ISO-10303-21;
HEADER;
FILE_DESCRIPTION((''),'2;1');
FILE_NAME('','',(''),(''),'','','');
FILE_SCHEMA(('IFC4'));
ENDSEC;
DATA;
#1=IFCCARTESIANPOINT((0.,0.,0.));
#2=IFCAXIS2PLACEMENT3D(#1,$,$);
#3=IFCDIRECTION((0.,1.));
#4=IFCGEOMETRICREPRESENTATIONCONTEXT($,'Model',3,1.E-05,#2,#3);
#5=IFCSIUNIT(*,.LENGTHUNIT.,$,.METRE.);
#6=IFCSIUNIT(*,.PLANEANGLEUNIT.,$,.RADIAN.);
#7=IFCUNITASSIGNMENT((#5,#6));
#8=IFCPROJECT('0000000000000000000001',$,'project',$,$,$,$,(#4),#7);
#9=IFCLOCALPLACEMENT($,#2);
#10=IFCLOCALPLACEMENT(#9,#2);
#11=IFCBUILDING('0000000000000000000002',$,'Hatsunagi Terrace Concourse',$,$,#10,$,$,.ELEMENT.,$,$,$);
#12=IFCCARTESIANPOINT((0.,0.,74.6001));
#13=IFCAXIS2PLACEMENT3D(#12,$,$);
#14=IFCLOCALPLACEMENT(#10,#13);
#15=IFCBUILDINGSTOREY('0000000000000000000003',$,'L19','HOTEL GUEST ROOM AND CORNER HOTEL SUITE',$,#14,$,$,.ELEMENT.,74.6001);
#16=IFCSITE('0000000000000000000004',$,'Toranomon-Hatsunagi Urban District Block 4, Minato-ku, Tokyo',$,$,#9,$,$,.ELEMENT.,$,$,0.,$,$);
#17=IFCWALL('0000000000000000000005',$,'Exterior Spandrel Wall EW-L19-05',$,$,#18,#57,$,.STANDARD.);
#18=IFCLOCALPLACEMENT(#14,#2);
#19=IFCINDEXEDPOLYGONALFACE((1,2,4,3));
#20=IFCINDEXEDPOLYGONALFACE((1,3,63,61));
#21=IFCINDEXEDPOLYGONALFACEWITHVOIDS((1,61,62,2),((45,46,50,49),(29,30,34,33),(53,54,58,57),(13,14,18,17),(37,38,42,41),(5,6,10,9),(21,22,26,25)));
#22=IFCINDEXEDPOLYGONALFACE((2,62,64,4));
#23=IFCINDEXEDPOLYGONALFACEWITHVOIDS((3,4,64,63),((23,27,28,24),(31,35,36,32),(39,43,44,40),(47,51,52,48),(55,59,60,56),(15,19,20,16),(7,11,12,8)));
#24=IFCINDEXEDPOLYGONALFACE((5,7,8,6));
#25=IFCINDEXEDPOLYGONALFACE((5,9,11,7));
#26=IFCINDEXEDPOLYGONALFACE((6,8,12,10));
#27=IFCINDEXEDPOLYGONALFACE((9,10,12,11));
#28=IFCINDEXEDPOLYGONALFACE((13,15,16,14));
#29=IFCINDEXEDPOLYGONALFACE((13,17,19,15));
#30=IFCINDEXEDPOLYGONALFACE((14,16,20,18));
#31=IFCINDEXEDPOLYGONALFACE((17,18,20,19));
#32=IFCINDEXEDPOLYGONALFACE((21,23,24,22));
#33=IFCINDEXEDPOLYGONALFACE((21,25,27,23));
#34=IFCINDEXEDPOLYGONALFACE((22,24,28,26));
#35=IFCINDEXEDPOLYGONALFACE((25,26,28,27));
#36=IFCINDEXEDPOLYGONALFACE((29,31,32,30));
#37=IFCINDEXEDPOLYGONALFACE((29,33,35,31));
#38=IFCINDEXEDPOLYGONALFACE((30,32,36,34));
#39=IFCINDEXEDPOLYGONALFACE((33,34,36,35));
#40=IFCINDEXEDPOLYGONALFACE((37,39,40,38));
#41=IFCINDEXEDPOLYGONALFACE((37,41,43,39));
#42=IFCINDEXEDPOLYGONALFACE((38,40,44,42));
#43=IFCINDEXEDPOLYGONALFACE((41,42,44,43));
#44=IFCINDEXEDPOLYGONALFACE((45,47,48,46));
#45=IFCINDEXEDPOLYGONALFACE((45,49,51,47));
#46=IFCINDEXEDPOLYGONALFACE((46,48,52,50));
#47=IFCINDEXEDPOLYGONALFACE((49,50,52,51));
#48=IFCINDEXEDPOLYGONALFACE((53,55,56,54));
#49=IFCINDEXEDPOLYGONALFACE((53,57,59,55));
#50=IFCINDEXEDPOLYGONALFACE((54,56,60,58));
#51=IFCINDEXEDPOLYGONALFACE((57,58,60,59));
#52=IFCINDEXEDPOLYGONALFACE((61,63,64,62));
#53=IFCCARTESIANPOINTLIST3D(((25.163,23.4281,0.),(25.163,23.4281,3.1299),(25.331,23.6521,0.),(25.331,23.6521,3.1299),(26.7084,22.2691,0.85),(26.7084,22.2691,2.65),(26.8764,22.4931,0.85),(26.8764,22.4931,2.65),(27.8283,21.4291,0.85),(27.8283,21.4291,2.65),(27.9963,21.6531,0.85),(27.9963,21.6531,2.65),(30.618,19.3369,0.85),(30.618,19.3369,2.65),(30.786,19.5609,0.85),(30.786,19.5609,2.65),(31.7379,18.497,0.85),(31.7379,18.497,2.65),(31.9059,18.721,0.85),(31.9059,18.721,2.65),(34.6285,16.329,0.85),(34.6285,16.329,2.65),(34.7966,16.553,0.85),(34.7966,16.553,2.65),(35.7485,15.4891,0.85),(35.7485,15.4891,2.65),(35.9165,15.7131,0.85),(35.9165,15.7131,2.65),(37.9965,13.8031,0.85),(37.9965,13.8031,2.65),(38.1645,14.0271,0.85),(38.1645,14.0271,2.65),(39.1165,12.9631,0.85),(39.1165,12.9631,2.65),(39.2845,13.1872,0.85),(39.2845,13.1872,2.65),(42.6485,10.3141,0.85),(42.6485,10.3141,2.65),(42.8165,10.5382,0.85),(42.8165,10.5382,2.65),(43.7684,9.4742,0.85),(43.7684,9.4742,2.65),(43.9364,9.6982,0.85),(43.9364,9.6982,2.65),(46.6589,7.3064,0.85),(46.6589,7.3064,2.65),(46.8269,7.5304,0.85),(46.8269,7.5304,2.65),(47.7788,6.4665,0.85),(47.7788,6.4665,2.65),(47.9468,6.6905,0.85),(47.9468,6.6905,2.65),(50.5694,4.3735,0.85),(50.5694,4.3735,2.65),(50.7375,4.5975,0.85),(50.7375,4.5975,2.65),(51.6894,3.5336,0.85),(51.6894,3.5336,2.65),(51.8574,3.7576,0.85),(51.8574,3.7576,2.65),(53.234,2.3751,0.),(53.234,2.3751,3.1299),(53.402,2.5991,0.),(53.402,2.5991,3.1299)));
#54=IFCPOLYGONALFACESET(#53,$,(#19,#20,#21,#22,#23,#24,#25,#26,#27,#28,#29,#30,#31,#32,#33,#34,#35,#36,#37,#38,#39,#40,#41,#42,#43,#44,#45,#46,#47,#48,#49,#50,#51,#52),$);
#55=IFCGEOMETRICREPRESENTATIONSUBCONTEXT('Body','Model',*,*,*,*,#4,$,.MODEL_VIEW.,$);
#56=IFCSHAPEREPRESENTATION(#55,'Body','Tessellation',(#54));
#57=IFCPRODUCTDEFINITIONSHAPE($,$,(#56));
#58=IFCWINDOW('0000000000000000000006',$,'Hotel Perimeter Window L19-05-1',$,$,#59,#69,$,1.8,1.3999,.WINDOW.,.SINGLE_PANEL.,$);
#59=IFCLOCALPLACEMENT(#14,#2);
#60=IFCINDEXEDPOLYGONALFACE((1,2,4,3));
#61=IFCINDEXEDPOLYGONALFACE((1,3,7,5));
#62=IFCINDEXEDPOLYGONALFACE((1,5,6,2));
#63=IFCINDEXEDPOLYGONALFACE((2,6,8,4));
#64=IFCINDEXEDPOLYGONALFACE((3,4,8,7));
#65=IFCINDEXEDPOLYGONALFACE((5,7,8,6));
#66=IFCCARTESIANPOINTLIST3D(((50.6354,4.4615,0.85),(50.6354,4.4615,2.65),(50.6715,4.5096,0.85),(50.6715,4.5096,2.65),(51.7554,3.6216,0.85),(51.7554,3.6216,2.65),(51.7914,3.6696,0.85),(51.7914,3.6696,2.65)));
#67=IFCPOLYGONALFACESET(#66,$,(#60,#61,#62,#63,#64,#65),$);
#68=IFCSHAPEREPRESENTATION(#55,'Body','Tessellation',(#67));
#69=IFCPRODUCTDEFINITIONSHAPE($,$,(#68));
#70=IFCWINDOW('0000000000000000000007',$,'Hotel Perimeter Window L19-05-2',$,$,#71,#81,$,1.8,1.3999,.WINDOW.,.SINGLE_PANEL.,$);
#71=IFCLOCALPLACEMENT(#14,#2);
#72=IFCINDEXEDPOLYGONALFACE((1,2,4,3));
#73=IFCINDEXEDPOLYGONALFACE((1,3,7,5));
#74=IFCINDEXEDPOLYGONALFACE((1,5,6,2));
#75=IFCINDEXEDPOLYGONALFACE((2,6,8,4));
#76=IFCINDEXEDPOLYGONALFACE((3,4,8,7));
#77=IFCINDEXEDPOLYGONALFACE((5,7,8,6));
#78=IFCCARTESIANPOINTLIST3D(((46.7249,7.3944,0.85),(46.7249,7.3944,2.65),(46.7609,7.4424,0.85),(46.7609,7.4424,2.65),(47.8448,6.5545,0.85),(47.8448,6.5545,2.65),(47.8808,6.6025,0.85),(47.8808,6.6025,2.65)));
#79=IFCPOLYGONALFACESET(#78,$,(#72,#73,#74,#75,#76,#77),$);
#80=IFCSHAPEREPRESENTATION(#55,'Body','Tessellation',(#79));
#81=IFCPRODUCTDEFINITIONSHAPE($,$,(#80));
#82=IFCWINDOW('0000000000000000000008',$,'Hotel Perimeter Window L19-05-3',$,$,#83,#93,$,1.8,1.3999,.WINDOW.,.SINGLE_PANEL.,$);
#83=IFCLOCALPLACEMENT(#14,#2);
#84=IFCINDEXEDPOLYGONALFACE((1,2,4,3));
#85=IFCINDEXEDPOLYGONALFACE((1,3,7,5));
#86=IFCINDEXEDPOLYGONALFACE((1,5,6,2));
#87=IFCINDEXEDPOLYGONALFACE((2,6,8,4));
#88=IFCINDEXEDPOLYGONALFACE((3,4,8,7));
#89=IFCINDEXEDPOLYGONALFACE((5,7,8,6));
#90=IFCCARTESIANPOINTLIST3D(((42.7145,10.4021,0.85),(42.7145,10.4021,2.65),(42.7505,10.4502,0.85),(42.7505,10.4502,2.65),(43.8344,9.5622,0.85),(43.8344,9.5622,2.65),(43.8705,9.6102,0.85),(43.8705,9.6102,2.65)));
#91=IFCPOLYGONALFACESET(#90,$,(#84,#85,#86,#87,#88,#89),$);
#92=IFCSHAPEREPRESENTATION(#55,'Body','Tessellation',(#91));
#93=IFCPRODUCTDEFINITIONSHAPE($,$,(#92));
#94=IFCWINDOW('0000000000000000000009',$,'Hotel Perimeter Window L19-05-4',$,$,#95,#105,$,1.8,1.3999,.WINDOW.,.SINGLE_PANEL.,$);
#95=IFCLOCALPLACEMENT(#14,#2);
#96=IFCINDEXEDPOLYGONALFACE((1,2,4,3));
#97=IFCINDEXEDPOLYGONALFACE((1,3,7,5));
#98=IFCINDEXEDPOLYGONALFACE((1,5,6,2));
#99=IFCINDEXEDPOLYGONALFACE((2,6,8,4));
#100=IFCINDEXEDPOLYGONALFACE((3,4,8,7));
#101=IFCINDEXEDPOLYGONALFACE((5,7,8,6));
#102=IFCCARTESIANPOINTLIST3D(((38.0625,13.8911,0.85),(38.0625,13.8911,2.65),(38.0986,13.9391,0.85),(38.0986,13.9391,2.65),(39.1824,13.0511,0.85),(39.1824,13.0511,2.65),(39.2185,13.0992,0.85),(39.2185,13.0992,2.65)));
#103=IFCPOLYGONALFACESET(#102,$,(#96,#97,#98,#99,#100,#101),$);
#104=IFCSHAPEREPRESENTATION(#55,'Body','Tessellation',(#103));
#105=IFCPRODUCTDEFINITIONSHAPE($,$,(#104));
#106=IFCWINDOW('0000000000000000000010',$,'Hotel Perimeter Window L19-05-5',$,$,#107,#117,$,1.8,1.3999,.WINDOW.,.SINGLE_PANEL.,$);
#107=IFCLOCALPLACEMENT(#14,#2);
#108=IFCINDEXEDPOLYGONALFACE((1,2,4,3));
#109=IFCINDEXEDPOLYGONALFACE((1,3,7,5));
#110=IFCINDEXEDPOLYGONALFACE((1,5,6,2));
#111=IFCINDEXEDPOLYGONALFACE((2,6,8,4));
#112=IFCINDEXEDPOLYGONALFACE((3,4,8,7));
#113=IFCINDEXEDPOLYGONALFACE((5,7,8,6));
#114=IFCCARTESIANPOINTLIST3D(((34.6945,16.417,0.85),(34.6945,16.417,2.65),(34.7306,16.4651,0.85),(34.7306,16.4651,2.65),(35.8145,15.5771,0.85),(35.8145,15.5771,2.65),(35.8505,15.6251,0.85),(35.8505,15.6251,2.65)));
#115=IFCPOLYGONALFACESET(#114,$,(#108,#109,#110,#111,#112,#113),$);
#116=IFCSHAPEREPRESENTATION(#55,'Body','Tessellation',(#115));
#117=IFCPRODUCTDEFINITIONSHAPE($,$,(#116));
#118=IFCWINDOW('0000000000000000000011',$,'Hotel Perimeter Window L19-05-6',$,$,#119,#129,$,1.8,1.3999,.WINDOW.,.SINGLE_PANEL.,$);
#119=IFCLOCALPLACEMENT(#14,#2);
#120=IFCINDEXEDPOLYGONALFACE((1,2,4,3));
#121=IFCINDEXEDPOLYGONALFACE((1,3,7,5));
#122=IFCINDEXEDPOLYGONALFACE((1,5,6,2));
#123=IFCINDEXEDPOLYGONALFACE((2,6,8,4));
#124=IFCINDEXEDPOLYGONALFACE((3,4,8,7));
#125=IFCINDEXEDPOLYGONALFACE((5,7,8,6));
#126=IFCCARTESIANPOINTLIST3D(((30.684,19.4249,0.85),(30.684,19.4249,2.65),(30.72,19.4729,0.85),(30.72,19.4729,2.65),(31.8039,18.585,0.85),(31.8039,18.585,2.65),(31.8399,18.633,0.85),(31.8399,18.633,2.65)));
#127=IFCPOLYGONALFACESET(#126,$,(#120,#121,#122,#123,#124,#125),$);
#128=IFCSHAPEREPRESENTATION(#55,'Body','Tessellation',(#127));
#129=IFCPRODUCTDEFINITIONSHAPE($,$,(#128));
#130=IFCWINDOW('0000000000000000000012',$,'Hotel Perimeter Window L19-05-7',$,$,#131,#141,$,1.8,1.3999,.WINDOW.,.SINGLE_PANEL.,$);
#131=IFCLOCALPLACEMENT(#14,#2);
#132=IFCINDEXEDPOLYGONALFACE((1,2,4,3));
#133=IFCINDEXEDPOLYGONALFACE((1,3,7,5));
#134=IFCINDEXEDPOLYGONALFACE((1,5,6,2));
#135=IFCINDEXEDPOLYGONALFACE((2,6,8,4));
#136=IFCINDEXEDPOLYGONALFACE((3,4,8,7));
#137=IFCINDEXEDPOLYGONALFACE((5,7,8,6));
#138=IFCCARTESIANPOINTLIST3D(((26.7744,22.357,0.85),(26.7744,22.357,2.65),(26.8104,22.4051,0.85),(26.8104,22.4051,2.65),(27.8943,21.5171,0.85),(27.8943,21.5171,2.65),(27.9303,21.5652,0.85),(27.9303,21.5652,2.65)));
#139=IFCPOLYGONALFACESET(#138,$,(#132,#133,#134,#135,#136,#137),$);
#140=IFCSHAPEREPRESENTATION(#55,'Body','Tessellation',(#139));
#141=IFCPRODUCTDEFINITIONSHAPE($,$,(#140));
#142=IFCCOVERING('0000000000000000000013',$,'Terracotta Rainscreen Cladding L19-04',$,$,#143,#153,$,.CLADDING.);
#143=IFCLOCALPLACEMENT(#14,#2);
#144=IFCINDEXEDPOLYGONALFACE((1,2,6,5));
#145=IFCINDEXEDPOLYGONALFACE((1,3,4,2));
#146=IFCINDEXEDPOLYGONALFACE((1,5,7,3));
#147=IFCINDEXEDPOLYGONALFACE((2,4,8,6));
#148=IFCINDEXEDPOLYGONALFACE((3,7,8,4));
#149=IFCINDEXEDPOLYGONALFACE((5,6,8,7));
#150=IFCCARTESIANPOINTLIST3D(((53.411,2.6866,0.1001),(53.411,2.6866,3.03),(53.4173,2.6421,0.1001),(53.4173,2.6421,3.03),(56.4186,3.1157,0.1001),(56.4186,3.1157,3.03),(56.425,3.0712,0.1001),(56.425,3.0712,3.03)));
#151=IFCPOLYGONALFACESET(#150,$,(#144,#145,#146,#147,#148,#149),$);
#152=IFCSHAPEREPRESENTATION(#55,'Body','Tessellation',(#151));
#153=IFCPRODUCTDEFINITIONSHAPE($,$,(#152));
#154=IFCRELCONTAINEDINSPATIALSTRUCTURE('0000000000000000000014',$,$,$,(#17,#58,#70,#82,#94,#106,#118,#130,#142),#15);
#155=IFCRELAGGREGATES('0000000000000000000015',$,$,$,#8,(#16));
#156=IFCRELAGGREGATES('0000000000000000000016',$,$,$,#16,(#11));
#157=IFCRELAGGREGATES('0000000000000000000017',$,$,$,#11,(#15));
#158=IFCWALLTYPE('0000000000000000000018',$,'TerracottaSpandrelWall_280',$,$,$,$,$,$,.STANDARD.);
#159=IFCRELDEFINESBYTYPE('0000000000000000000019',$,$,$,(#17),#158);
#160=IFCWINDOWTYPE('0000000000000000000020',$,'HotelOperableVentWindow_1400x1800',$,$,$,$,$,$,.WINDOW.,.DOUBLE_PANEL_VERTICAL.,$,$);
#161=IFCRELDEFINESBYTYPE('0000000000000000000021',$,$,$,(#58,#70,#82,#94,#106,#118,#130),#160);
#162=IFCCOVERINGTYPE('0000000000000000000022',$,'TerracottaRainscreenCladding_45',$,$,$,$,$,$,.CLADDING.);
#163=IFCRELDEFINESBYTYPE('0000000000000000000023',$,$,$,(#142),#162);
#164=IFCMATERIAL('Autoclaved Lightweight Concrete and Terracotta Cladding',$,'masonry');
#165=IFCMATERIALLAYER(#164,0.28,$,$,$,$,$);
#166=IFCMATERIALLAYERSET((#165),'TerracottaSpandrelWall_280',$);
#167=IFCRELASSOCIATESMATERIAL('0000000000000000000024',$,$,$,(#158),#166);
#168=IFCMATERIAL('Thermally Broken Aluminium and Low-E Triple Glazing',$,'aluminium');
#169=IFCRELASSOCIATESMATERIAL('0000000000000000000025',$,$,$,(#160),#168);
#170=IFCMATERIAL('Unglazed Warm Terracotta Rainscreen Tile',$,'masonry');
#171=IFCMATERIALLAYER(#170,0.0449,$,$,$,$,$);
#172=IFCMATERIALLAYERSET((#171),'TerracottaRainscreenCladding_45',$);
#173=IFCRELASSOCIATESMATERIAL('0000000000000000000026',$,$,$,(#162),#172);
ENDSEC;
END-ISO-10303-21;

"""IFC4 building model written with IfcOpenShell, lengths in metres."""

from ifc_helpers import new_model, si_unit, direction, frame, frame_2d, origin, origin_2d, place, context, subcontext, project, spatial, rectangle, extrude, material, layer, layer_set, type_object, element, fill, save


model = new_model("IFC4")

# Units and contexts
model_context = context("Model", 3, precision=1e-05, world=origin(), true_north=direction((0.0, 1.0)))
body_context = subcontext(model_context, "Body", "Model", "MODEL_VIEW")
ifc_project = project(units=[si_unit("LENGTHUNIT", "METRE"), si_unit("PLANEANGLEUNIT", "RADIAN")], contexts=[model_context])

# Site, building, storey
site_placement = place(None, origin())
site = spatial("IfcSite", under=ifc_project, at=site_placement, Name="Toranomon-Hatsunagi Urban District Block 4, Minato-ku, Tokyo", CompositionType="ELEMENT", RefElevation=0.0)
building_placement = place(site_placement, origin())
building = spatial("IfcBuilding", under=site, at=building_placement, Name="Hatsunagi Terrace Concourse", CompositionType="ELEMENT")
storey_placement = place(building_placement, frame((0.0, 0.0, 74.6001)))
storey = spatial("IfcBuildingStorey", under=building, at=storey_placement, Name="L19", Description="HOTEL GUEST ROOM AND CORNER HOTEL SUITE", CompositionType="ELEMENT", Elevation=74.6001)

# Wall, openings, windows
ifc_material_1 = material(Name="Autoclaved Lightweight Concrete and Terracotta Cladding", Category="masonry")
ifc_layer_1 = layer(ifc_material_1, 0.28)
ifc_layer_set_1 = layer_set([ifc_layer_1], Name="TerracottaSpandrelWall_280")
wall_type_1 = type_object("IfcWallType", Name="TerracottaSpandrelWall_280", PredefinedType="STANDARD", material=ifc_layer_set_1)
wall_1_placement = place(storey_placement, frame((53.3181, 2.4871, 0.0), z_axis=(0.0, 0.0, 1.0), x_axis=(-0.800004, 0.599994, 0.0)))
wall_1 = element("IfcWall", 1, at=wall_1_placement, inside=storey, type_object=wall_type_1, Name="Exterior Spandrel Wall EW-L19-05", PredefinedType="STANDARD", context=body_context, shape_type="SweptSolid", body=[
    extrude(rectangle(XDim=35.0886, YDim=0.28, at=frame_2d((17.5444, 0.0))), origin(), (0.0, 0.0, 1.0), 3.1299),
])
opening_1_placement = place(wall_1_placement, frame((1.9309, 0.0, 0.8501)))
opening_1 = element("IfcOpeningElement", 2, at=opening_1_placement, cuts=wall_1, PredefinedType="OPENING", context=body_context, shape_type="SweptSolid", body=[
    extrude(rectangle(XDim=1.3999, YDim=1.8, at=frame_2d((0.7, 0.8999))), frame((0.0, 0.1499, 0.0), z_axis=(0.0, -1.0, 0.0), x_axis=(1.0, 0.0, 0.0)), (0.0, 0.0, 1.0), 0.3),
])
opening_2_placement = place(wall_1_placement, frame((6.8191, 0.0, 0.8501)))
opening_2 = element("IfcOpeningElement", 3, at=opening_2_placement, cuts=wall_1, PredefinedType="OPENING", context=body_context, shape_type="SweptSolid", body=[
    extrude(rectangle(XDim=1.3999, YDim=1.8, at=frame_2d((0.7, 0.8999))), frame((0.0, 0.1499, 0.0), z_axis=(0.0, -1.0, 0.0), x_axis=(1.0, 0.0, 0.0)), (0.0, 0.0, 1.0), 0.3),
])
opening_3_placement = place(wall_1_placement, frame((11.832, 0.0, 0.8501)))
opening_3 = element("IfcOpeningElement", 4, at=opening_3_placement, cuts=wall_1, PredefinedType="OPENING", context=body_context, shape_type="SweptSolid", body=[
    extrude(rectangle(XDim=1.3999, YDim=1.8, at=frame_2d((0.7, 0.8999))), frame((0.0, 0.1499, 0.0), z_axis=(0.0, -1.0, 0.0), x_axis=(1.0, 0.0, 0.0)), (0.0, 0.0, 1.0), 0.3),
])
opening_4_placement = place(wall_1_placement, frame((17.647, 0.0, 0.8501)))
opening_4 = element("IfcOpeningElement", 5, at=opening_4_placement, cuts=wall_1, PredefinedType="OPENING", context=body_context, shape_type="SweptSolid", body=[
    extrude(rectangle(XDim=1.3999, YDim=1.8, at=frame_2d((0.7, 0.8999))), frame((0.0, 0.1499, 0.0), z_axis=(0.0, -1.0, 0.0), x_axis=(1.0, 0.0, 0.0)), (0.0, 0.0, 1.0), 0.3),
])
opening_5_placement = place(wall_1_placement, frame((21.8569, 0.0, 0.8501)))
opening_5 = element("IfcOpeningElement", 6, at=opening_5_placement, cuts=wall_1, PredefinedType="OPENING", context=body_context, shape_type="SweptSolid", body=[
    extrude(rectangle(XDim=1.3999, YDim=1.8, at=frame_2d((0.7, 0.8999))), frame((0.0, 0.1499, 0.0), z_axis=(0.0, -1.0, 0.0), x_axis=(1.0, 0.0, 0.0)), (0.0, 0.0, 1.0), 0.3),
])
opening_6_placement = place(wall_1_placement, frame((26.8701, 0.0, 0.8501)))
opening_6 = element("IfcOpeningElement", 7, at=opening_6_placement, cuts=wall_1, PredefinedType="OPENING", context=body_context, shape_type="SweptSolid", body=[
    extrude(rectangle(XDim=1.3999, YDim=1.8, at=frame_2d((0.7, 0.8999))), frame((0.0, 0.1499, 0.0), z_axis=(0.0, -1.0, 0.0), x_axis=(1.0, 0.0, 0.0)), (0.0, 0.0, 1.0), 0.3),
])
opening_7_placement = place(wall_1_placement, frame((31.7571, 0.0, 0.8501)))
opening_7 = element("IfcOpeningElement", 8, at=opening_7_placement, cuts=wall_1, PredefinedType="OPENING", context=body_context, shape_type="SweptSolid", body=[
    extrude(rectangle(XDim=1.3999, YDim=1.8, at=frame_2d((0.7, 0.8999))), frame((0.0, 0.1499, 0.0), z_axis=(0.0, -1.0, 0.0), x_axis=(1.0, 0.0, 0.0)), (0.0, 0.0, 1.0), 0.3),
])
ifc_material_2 = material(Name="Thermally Broken Aluminium and Low-E Triple Glazing", Category="aluminium")
window_type = type_object("IfcWindowType", Name="HotelOperableVentWindow_1400x1800", PartitioningType="DOUBLE_PANEL_VERTICAL", PredefinedType="WINDOW", material=ifc_material_2)
window_1_placement = place(opening_1_placement, origin())
window_1 = element("IfcWindow", 9, at=window_1_placement, inside=storey, type_object=window_type, Name="Hotel Perimeter Window L19-05-1", OverallHeight=1.8, OverallWidth=1.3999, PartitioningType="SINGLE_PANEL", PredefinedType="WINDOW", context=body_context, shape_type="SweptSolid", body=[
    extrude(rectangle(XDim=1.3999, YDim=1.8, at=frame_2d((0.7, 0.8999))), frame((0.0, 0.03, 0.0), z_axis=(0.0, -1.0, 0.0), x_axis=(1.0, 0.0, 0.0)), (0.0, 0.0, 1.0), 0.0601),
])
fill(opening_1, window_1)
window_2_placement = place(opening_2_placement, origin())
window_2 = element("IfcWindow", 10, at=window_2_placement, inside=storey, type_object=window_type, Name="Hotel Perimeter Window L19-05-2", OverallHeight=1.8, OverallWidth=1.3999, PartitioningType="SINGLE_PANEL", PredefinedType="WINDOW", context=body_context, shape_type="SweptSolid", body=[
    extrude(rectangle(XDim=1.3999, YDim=1.8, at=frame_2d((0.7, 0.8999))), frame((0.0, 0.03, 0.0), z_axis=(0.0, -1.0, 0.0), x_axis=(1.0, 0.0, 0.0)), (0.0, 0.0, 1.0), 0.0601),
])
fill(opening_2, window_2)
window_3_placement = place(opening_3_placement, origin())
window_3 = element("IfcWindow", 11, at=window_3_placement, inside=storey, type_object=window_type, Name="Hotel Perimeter Window L19-05-3", OverallHeight=1.8, OverallWidth=1.3999, PartitioningType="SINGLE_PANEL", PredefinedType="WINDOW", context=body_context, shape_type="SweptSolid", body=[
    extrude(rectangle(XDim=1.3999, YDim=1.8, at=frame_2d((0.7, 0.8999))), frame((0.0, 0.03, 0.0), z_axis=(0.0, -1.0, 0.0), x_axis=(1.0, 0.0, 0.0)), (0.0, 0.0, 1.0), 0.0601),
])
fill(opening_3, window_3)
window_4_placement = place(opening_4_placement, origin())
window_4 = element("IfcWindow", 12, at=window_4_placement, inside=storey, type_object=window_type, Name="Hotel Perimeter Window L19-05-4", OverallHeight=1.8, OverallWidth=1.3999, PartitioningType="SINGLE_PANEL", PredefinedType="WINDOW", context=body_context, shape_type="SweptSolid", body=[
    extrude(rectangle(XDim=1.3999, YDim=1.8, at=frame_2d((0.7, 0.8999))), frame((0.0, 0.03, 0.0), z_axis=(0.0, -1.0, 0.0), x_axis=(1.0, 0.0, 0.0)), (0.0, 0.0, 1.0), 0.0601),
])
fill(opening_4, window_4)
window_5_placement = place(opening_5_placement, origin())
window_5 = element("IfcWindow", 13, at=window_5_placement, inside=storey, type_object=window_type, Name="Hotel Perimeter Window L19-05-5", OverallHeight=1.8, OverallWidth=1.3999, PartitioningType="SINGLE_PANEL", PredefinedType="WINDOW", context=body_context, shape_type="SweptSolid", body=[
    extrude(rectangle(XDim=1.3999, YDim=1.8, at=frame_2d((0.7, 0.8999))), frame((0.0, 0.03, 0.0), z_axis=(0.0, -1.0, 0.0), x_axis=(1.0, 0.0, 0.0)), (0.0, 0.0, 1.0), 0.0601),
])
fill(opening_5, window_5)
window_6_placement = place(opening_6_placement, origin())
window_6 = element("IfcWindow", 14, at=window_6_placement, inside=storey, type_object=window_type, Name="Hotel Perimeter Window L19-05-6", OverallHeight=1.8, OverallWidth=1.3999, PartitioningType="SINGLE_PANEL", PredefinedType="WINDOW", context=body_context, shape_type="SweptSolid", body=[
    extrude(rectangle(XDim=1.3999, YDim=1.8, at=frame_2d((0.7, 0.8999))), frame((0.0, 0.03, 0.0), z_axis=(0.0, -1.0, 0.0), x_axis=(1.0, 0.0, 0.0)), (0.0, 0.0, 1.0), 0.0601),
])
fill(opening_6, window_6)
window_7_placement = place(opening_7_placement, origin())
window_7 = element("IfcWindow", 15, at=window_7_placement, inside=storey, type_object=window_type, Name="Hotel Perimeter Window L19-05-7", OverallHeight=1.8, OverallWidth=1.3999, PartitioningType="SINGLE_PANEL", PredefinedType="WINDOW", context=body_context, shape_type="SweptSolid", body=[
    extrude(rectangle(XDim=1.3999, YDim=1.8, at=frame_2d((0.7, 0.8999))), frame((0.0, 0.03, 0.0), z_axis=(0.0, -1.0, 0.0), x_axis=(1.0, 0.0, 0.0)), (0.0, 0.0, 1.0), 0.0601),
])
fill(opening_7, window_7)

# Covering
ifc_material_3 = material(Name="Unglazed Warm Terracotta Rainscreen Tile", Category="masonry")
ifc_layer_2 = layer(ifc_material_3, 0.0449)
ifc_layer_set_2 = layer_set([ifc_layer_2], Name="TerracottaRainscreenCladding_45")
covering_type = type_object("IfcCoveringType", Name="TerracottaRainscreenCladding_45", PredefinedType="CLADDING", material=ifc_layer_set_2)
covering_placement = place(storey_placement, frame((54.918, 2.8789, 0.1001), z_axis=(0.0, 0.0, 1.0), x_axis=(-0.989974, -0.14125, 0.0)))
element("IfcCovering", 16, at=covering_placement, inside=storey, type_object=covering_type, Name="Terracotta Rainscreen Cladding L19-04", PredefinedType="CLADDING", context=body_context, shape_type="SweptSolid", body=[
    extrude(rectangle(XDim=3.0381, YDim=0.0449, at=origin_2d()), origin(), (0.0, 0.0, 1.0), 2.9299),
])

save(model, "model.ifc")
